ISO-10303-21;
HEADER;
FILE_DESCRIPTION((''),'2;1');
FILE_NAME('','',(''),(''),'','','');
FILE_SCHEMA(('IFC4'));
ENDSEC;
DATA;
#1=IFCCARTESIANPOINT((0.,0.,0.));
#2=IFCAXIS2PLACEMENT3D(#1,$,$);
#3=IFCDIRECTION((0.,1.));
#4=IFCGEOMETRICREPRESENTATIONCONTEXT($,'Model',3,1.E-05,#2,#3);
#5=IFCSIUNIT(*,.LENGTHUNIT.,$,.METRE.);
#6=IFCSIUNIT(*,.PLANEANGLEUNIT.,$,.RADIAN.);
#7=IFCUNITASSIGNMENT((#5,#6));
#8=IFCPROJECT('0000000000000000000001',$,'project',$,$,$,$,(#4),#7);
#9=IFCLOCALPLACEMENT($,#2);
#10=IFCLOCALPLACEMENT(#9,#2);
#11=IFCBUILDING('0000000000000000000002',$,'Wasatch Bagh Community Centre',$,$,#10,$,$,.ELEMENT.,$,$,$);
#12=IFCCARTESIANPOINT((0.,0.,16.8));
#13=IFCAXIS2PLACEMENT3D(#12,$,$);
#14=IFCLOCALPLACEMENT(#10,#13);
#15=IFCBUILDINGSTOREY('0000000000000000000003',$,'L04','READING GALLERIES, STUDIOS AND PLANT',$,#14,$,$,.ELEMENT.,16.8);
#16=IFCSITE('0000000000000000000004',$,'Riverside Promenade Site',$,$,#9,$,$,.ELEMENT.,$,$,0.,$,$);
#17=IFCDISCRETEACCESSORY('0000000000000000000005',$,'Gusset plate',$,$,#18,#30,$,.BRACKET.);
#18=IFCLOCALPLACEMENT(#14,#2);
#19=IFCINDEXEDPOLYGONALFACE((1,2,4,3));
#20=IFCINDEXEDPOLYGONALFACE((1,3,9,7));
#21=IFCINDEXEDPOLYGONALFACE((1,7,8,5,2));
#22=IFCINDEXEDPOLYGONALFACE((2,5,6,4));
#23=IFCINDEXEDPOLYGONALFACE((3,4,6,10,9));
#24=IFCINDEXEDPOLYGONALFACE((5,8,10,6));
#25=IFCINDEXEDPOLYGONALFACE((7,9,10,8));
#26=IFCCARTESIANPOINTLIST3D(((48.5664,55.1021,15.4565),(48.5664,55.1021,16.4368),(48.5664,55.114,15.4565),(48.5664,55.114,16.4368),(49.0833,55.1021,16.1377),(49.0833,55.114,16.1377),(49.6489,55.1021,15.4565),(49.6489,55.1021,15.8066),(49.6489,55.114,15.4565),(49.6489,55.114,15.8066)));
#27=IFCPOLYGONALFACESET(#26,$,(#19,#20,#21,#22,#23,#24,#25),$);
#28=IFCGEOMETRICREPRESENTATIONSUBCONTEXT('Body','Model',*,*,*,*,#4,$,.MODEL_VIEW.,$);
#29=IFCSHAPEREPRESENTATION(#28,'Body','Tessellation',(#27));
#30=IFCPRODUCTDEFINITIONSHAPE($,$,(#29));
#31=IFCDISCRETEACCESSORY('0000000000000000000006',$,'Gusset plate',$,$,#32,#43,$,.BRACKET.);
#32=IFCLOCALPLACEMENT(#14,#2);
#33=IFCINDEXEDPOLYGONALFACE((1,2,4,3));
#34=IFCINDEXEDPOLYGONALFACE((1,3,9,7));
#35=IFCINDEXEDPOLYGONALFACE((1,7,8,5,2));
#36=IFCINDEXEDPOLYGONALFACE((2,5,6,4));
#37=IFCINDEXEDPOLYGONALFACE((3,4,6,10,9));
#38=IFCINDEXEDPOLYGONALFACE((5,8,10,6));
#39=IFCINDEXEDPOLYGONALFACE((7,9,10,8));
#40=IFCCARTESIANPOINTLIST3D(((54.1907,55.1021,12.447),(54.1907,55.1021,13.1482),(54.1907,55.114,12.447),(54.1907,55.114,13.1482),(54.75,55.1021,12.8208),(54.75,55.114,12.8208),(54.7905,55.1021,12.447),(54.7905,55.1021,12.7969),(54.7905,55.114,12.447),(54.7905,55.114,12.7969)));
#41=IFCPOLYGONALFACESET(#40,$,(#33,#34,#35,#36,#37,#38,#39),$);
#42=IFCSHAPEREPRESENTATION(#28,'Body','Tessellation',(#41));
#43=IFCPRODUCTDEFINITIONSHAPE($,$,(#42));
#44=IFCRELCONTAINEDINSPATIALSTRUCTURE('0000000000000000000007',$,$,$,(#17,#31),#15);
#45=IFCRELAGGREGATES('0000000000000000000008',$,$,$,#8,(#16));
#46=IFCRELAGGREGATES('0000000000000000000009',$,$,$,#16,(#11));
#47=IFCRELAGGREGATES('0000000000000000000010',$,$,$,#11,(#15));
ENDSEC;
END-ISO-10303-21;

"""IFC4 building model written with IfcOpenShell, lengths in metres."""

from ifc_helpers import new_model, si_unit, direction, frame, origin, place, context, subcontext, project, spatial, polyline, outline, extrude, element, save


model = new_model("IFC4")

# Units and contexts
model_context = context("Model", 3, precision=1e-05, world=origin(), true_north=direction((0.0, 1.0)))
body_context = subcontext(model_context, "Body", "Model", "MODEL_VIEW")
ifc_project = project(units=[si_unit("LENGTHUNIT", "METRE"), si_unit("PLANEANGLEUNIT", "RADIAN")], contexts=[model_context])

# Site, building, storey
site_placement = place(None, origin())
site = spatial("IfcSite", under=ifc_project, at=site_placement, Name="Riverside Promenade Site", CompositionType="ELEMENT", RefElevation=0.0)
building_placement = place(site_placement, origin())
building = spatial("IfcBuilding", under=site, at=building_placement, Name="Wasatch Bagh Community Centre", CompositionType="ELEMENT")
storey_placement = place(building_placement, frame((0.0, 0.0, 16.8)))
storey = spatial("IfcBuildingStorey", under=building, at=storey_placement, Name="L04", Description="READING GALLERIES, STUDIOS AND PLANT", CompositionType="ELEMENT", Elevation=16.8)

# Discrete accessories
for number, where, z_axis, x_axis, name in (
    (1, (48.5664, 55.114, 16.4368), (0.0, 1.0, 0.0), (0.865538, 0.0, -0.500843), "Gusset plate"),
):
    element("IfcDiscreteAccessory", number, at=place(storey_placement, frame(where, z_axis=z_axis, x_axis=x_axis)), inside=storey, Name=name, PredefinedType="BRACKET", context=body_context, shape_type="SweptSolid", body=[
        extrude(outline(polyline([(0.0, 0.0), (0.5971, 0.0), (1.2526, 0.0032), (1.4279, 0.3062), (0.4909, 0.8484), (0.0, 0.0)])), origin(), (0.0, 0.0, -1.0), 0.012),
    ])
discrete_accessory_placement = place(storey_placement, frame((54.1907, 55.114, 13.1482), z_axis=(0.0, 1.0, 0.0), x_axis=(0.863026, 0.0, -0.505159)))
element("IfcDiscreteAccessory", 2, at=discrete_accessory_placement, inside=storey, Name="Gusset plate", PredefinedType="BRACKET", context=body_context, shape_type="SweptSolid", body=[
    extrude(outline(polyline([(0.0, 0.0), (0.6481, 0.0), (0.6952, 0.0002), (0.8719, 0.3021), (0.3542, 0.6051), (0.0, 0.0)])), origin(), (0.0, 0.0, -1.0), 0.012),
])

save(model, "model.ifc")
